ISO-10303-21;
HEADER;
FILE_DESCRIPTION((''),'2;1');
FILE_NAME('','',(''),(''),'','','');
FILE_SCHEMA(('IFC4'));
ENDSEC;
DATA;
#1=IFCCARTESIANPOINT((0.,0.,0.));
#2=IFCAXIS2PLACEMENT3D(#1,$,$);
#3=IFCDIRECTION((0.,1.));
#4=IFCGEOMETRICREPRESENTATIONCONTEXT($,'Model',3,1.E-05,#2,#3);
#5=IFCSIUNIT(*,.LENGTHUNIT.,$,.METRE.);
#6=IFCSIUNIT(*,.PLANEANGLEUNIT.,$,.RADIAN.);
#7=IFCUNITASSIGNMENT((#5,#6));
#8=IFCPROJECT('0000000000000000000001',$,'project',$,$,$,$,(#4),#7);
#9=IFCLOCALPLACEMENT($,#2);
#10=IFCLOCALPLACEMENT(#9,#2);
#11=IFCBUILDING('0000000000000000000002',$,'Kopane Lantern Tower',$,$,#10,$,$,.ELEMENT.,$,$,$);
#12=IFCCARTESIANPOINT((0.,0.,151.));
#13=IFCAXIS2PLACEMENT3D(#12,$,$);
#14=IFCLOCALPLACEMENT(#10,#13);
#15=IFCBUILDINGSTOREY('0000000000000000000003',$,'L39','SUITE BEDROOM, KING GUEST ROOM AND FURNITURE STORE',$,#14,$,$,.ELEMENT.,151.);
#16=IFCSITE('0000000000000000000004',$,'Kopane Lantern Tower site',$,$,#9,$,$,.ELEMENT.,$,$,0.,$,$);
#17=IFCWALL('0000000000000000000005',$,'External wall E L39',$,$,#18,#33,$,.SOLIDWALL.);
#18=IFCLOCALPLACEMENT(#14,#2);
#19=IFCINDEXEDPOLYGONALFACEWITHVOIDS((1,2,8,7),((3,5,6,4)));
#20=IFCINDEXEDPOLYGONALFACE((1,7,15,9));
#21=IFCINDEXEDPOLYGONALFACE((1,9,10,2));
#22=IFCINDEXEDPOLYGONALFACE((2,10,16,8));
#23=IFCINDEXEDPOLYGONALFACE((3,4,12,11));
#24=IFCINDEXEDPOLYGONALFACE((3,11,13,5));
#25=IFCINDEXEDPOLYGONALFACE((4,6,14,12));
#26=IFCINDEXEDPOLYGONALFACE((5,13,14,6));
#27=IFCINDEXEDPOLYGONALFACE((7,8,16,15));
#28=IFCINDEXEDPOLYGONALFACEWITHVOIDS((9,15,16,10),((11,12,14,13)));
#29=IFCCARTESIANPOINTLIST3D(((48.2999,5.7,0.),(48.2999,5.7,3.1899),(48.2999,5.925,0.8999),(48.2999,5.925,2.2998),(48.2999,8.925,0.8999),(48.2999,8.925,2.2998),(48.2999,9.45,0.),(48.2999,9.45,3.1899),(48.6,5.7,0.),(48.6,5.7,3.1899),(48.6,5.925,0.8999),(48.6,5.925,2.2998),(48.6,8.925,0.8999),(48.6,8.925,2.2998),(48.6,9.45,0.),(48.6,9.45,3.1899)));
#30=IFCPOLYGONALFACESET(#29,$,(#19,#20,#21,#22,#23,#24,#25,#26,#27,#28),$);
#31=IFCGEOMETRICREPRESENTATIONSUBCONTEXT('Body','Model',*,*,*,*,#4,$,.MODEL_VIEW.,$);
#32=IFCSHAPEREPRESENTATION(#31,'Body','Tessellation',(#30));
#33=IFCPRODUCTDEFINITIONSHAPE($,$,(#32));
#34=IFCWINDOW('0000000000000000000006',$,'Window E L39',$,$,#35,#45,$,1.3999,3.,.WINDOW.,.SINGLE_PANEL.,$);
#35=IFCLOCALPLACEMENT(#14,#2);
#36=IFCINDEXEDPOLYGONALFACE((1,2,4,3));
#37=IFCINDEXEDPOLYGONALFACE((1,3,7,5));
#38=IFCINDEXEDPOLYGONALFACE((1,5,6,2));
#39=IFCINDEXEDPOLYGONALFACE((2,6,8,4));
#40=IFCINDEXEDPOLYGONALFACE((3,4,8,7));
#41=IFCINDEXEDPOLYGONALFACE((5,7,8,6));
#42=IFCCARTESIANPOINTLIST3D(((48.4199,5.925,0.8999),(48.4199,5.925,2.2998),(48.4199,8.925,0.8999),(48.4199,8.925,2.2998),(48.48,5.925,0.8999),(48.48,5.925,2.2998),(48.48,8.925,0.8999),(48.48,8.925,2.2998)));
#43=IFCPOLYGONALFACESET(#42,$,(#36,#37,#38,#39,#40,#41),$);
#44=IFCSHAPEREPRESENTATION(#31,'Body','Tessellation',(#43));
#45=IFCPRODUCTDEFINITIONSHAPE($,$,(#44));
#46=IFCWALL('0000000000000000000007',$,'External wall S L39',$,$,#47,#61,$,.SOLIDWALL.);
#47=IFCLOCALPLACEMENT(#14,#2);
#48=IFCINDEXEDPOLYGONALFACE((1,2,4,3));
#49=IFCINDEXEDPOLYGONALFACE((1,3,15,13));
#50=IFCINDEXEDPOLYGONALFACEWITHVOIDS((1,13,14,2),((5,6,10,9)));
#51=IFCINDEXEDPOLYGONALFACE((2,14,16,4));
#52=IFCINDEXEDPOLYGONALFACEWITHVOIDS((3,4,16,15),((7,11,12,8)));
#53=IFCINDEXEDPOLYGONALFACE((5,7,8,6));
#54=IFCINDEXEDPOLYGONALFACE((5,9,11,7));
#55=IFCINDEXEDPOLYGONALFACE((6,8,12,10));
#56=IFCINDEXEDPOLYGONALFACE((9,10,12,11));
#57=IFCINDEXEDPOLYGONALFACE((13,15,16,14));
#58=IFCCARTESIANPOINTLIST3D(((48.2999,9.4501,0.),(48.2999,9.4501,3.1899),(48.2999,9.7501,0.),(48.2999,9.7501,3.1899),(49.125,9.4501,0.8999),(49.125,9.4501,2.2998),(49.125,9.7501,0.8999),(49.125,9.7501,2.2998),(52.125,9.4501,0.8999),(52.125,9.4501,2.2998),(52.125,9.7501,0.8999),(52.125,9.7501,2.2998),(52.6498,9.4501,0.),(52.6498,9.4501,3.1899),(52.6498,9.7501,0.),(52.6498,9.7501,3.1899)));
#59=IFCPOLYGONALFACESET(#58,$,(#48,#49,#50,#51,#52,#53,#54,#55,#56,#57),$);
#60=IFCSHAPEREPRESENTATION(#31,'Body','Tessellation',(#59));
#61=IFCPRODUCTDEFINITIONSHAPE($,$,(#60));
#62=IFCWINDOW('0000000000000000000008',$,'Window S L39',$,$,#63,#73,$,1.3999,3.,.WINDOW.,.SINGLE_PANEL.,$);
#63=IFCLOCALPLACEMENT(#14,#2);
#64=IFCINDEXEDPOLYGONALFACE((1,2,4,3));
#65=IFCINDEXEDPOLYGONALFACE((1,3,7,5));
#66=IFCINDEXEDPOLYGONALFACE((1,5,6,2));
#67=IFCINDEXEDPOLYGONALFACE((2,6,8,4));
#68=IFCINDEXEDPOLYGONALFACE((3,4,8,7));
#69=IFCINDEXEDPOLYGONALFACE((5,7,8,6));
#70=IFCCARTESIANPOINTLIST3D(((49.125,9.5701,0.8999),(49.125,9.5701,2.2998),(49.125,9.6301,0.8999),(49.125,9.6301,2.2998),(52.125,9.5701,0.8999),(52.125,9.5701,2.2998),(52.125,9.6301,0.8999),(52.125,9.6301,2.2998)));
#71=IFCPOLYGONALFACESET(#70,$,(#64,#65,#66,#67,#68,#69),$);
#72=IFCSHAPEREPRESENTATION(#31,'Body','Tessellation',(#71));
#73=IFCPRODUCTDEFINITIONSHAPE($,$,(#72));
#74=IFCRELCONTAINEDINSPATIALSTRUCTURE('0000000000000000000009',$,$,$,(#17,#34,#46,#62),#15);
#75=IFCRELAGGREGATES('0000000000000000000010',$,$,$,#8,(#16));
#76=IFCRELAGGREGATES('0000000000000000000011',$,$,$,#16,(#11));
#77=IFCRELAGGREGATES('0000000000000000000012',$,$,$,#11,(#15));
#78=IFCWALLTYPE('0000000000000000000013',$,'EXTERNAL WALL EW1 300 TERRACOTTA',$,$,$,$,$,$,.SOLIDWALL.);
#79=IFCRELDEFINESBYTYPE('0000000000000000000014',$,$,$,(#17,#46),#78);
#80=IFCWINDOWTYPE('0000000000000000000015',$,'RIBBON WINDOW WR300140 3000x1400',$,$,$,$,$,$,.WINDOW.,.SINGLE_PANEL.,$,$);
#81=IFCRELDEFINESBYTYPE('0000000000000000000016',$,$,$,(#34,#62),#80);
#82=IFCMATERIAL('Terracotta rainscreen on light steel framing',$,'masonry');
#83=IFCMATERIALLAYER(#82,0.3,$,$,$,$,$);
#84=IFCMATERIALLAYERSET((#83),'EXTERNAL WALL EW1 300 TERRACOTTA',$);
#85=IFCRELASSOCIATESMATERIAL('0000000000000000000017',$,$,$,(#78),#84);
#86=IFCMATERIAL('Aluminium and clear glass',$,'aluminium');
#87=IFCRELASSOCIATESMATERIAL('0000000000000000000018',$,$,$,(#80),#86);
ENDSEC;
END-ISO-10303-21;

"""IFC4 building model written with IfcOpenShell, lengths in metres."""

from ifc_helpers import new_model, si_unit, direction, frame, frame_2d, origin, place, context, subcontext, project, spatial, rectangle, extrude, material, layer, layer_set, type_object, element, fill, save


model = new_model("IFC4")

# Units and contexts
model_context = context("Model", 3, precision=1e-05, world=origin(), true_north=direction((0.0, 1.0)))
body_context = subcontext(model_context, "Body", "Model", "MODEL_VIEW")
ifc_project = project(units=[si_unit("LENGTHUNIT", "METRE"), si_unit("PLANEANGLEUNIT", "RADIAN")], contexts=[model_context])

# Site, building, storey
site_placement = place(None, origin())
site = spatial("IfcSite", under=ifc_project, at=site_placement, Name="Kopane Lantern Tower site", CompositionType="ELEMENT", RefElevation=0.0)
building_placement = place(site_placement, origin())
building = spatial("IfcBuilding", under=site, at=building_placement, Name="Kopane Lantern Tower", CompositionType="ELEMENT")
storey_placement = place(building_placement, frame((0.0, 0.0, 151.0)))
storey = spatial("IfcBuildingStorey", under=building, at=storey_placement, Name="L39", Description="SUITE BEDROOM, KING GUEST ROOM AND FURNITURE STORE", CompositionType="ELEMENT", Elevation=151.0)

# Walls, openings, windows
ifc_material_1 = material(Name="Terracotta rainscreen on light steel framing", Category="masonry")
ifc_layer_1 = layer(ifc_material_1, 0.3)
ifc_layer_set_1 = layer_set([ifc_layer_1], Name="EXTERNAL WALL EW1 300 TERRACOTTA")
wall_type_1 = type_object("IfcWallType", Name="EXTERNAL WALL EW1 300 TERRACOTTA", PredefinedType="SOLIDWALL", material=ifc_layer_set_1)
wall_1_placement = place(storey_placement, frame((48.45, 5.7, 0.0), z_axis=(0.0, 0.0, 1.0), x_axis=(0.0, 1.0, 0.0)))
wall_1 = element("IfcWall", 1, at=wall_1_placement, inside=storey, type_object=wall_type_1, Name="External wall E L39", PredefinedType="SOLIDWALL", context=body_context, shape_type="SweptSolid", body=[
    extrude(rectangle(XDim=3.75, YDim=0.3, at=frame_2d((1.875, 0.0))), origin(), (0.0, 0.0, 1.0), 3.1899),
])
opening_1_placement = place(wall_1_placement, frame((0.2251, 0.0, 0.8999)))
opening_1 = element("IfcOpeningElement", 2, at=opening_1_placement, cuts=wall_1, PredefinedType="OPENING", context=body_context, shape_type="SweptSolid", body=[
    extrude(rectangle(XDim=3.0, YDim=1.3999, at=frame_2d((1.5, 0.7))), frame((0.0, 0.1599, 0.0), z_axis=(0.0, -1.0, 0.0), x_axis=(1.0, 0.0, 0.0)), (0.0, 0.0, 1.0), 0.3201),
])
ifc_material_2 = material(Name="Aluminium and clear glass", Category="aluminium")
window_type = type_object("IfcWindowType", Name="RIBBON WINDOW WR300140 3000x1400", PartitioningType="SINGLE_PANEL", PredefinedType="WINDOW", material=ifc_material_2)
window_1_placement = place(opening_1_placement, origin())
window_1 = element("IfcWindow", 3, at=window_1_placement, inside=storey, type_object=window_type, Name="Window E L39", OverallHeight=1.3999, OverallWidth=3.0, PartitioningType="SINGLE_PANEL", PredefinedType="WINDOW", context=body_context, shape_type="SweptSolid", body=[
    extrude(rectangle(XDim=3.0, YDim=1.3999, at=frame_2d((1.5, 0.7))), frame((0.0, 0.03, 0.0), z_axis=(0.0, -1.0, 0.0), x_axis=(1.0, 0.0, 0.0)), (0.0, 0.0, 1.0), 0.0601),
])
fill(opening_1, window_1)
wall_2_placement = place(storey_placement, frame((48.3, 9.6001, 0.0), z_axis=(0.0, 0.0, 1.0), x_axis=(1.0, 0.0, 0.0)))
wall_2 = element("IfcWall", 4, at=wall_2_placement, inside=storey, type_object=wall_type_1, Name="External wall S L39", PredefinedType="SOLIDWALL", context=body_context, shape_type="SweptSolid", body=[
    extrude(rectangle(XDim=4.3499, YDim=0.3, at=frame_2d((2.1748, 0.0))), origin(), (0.0, 0.0, 1.0), 3.1899),
])
opening_2_placement = place(wall_2_placement, frame((0.825, 0.0, 0.8999)))
opening_2 = element("IfcOpeningElement", 5, at=opening_2_placement, cuts=wall_2, PredefinedType="OPENING", context=body_context, shape_type="SweptSolid", body=[
    extrude(rectangle(XDim=3.0, YDim=1.3999, at=frame_2d((1.5, 0.7))), frame((0.0, 0.1599, 0.0), z_axis=(0.0, -1.0, 0.0), x_axis=(1.0, 0.0, 0.0)), (0.0, 0.0, 1.0), 0.3201),
])
window_2_placement = place(opening_2_placement, origin())
window_2 = element("IfcWindow", 6, at=window_2_placement, inside=storey, type_object=window_type, Name="Window S L39", OverallHeight=1.3999, OverallWidth=3.0, PartitioningType="SINGLE_PANEL", PredefinedType="WINDOW", context=body_context, shape_type="SweptSolid", body=[
    extrude(rectangle(XDim=3.0, YDim=1.3999, at=frame_2d((1.5, 0.7))), frame((0.0, 0.03, 0.0), z_axis=(0.0, -1.0, 0.0), x_axis=(1.0, 0.0, 0.0)), (0.0, 0.0, 1.0), 0.0601),
])
fill(opening_2, window_2)

save(model, "model.ifc")
